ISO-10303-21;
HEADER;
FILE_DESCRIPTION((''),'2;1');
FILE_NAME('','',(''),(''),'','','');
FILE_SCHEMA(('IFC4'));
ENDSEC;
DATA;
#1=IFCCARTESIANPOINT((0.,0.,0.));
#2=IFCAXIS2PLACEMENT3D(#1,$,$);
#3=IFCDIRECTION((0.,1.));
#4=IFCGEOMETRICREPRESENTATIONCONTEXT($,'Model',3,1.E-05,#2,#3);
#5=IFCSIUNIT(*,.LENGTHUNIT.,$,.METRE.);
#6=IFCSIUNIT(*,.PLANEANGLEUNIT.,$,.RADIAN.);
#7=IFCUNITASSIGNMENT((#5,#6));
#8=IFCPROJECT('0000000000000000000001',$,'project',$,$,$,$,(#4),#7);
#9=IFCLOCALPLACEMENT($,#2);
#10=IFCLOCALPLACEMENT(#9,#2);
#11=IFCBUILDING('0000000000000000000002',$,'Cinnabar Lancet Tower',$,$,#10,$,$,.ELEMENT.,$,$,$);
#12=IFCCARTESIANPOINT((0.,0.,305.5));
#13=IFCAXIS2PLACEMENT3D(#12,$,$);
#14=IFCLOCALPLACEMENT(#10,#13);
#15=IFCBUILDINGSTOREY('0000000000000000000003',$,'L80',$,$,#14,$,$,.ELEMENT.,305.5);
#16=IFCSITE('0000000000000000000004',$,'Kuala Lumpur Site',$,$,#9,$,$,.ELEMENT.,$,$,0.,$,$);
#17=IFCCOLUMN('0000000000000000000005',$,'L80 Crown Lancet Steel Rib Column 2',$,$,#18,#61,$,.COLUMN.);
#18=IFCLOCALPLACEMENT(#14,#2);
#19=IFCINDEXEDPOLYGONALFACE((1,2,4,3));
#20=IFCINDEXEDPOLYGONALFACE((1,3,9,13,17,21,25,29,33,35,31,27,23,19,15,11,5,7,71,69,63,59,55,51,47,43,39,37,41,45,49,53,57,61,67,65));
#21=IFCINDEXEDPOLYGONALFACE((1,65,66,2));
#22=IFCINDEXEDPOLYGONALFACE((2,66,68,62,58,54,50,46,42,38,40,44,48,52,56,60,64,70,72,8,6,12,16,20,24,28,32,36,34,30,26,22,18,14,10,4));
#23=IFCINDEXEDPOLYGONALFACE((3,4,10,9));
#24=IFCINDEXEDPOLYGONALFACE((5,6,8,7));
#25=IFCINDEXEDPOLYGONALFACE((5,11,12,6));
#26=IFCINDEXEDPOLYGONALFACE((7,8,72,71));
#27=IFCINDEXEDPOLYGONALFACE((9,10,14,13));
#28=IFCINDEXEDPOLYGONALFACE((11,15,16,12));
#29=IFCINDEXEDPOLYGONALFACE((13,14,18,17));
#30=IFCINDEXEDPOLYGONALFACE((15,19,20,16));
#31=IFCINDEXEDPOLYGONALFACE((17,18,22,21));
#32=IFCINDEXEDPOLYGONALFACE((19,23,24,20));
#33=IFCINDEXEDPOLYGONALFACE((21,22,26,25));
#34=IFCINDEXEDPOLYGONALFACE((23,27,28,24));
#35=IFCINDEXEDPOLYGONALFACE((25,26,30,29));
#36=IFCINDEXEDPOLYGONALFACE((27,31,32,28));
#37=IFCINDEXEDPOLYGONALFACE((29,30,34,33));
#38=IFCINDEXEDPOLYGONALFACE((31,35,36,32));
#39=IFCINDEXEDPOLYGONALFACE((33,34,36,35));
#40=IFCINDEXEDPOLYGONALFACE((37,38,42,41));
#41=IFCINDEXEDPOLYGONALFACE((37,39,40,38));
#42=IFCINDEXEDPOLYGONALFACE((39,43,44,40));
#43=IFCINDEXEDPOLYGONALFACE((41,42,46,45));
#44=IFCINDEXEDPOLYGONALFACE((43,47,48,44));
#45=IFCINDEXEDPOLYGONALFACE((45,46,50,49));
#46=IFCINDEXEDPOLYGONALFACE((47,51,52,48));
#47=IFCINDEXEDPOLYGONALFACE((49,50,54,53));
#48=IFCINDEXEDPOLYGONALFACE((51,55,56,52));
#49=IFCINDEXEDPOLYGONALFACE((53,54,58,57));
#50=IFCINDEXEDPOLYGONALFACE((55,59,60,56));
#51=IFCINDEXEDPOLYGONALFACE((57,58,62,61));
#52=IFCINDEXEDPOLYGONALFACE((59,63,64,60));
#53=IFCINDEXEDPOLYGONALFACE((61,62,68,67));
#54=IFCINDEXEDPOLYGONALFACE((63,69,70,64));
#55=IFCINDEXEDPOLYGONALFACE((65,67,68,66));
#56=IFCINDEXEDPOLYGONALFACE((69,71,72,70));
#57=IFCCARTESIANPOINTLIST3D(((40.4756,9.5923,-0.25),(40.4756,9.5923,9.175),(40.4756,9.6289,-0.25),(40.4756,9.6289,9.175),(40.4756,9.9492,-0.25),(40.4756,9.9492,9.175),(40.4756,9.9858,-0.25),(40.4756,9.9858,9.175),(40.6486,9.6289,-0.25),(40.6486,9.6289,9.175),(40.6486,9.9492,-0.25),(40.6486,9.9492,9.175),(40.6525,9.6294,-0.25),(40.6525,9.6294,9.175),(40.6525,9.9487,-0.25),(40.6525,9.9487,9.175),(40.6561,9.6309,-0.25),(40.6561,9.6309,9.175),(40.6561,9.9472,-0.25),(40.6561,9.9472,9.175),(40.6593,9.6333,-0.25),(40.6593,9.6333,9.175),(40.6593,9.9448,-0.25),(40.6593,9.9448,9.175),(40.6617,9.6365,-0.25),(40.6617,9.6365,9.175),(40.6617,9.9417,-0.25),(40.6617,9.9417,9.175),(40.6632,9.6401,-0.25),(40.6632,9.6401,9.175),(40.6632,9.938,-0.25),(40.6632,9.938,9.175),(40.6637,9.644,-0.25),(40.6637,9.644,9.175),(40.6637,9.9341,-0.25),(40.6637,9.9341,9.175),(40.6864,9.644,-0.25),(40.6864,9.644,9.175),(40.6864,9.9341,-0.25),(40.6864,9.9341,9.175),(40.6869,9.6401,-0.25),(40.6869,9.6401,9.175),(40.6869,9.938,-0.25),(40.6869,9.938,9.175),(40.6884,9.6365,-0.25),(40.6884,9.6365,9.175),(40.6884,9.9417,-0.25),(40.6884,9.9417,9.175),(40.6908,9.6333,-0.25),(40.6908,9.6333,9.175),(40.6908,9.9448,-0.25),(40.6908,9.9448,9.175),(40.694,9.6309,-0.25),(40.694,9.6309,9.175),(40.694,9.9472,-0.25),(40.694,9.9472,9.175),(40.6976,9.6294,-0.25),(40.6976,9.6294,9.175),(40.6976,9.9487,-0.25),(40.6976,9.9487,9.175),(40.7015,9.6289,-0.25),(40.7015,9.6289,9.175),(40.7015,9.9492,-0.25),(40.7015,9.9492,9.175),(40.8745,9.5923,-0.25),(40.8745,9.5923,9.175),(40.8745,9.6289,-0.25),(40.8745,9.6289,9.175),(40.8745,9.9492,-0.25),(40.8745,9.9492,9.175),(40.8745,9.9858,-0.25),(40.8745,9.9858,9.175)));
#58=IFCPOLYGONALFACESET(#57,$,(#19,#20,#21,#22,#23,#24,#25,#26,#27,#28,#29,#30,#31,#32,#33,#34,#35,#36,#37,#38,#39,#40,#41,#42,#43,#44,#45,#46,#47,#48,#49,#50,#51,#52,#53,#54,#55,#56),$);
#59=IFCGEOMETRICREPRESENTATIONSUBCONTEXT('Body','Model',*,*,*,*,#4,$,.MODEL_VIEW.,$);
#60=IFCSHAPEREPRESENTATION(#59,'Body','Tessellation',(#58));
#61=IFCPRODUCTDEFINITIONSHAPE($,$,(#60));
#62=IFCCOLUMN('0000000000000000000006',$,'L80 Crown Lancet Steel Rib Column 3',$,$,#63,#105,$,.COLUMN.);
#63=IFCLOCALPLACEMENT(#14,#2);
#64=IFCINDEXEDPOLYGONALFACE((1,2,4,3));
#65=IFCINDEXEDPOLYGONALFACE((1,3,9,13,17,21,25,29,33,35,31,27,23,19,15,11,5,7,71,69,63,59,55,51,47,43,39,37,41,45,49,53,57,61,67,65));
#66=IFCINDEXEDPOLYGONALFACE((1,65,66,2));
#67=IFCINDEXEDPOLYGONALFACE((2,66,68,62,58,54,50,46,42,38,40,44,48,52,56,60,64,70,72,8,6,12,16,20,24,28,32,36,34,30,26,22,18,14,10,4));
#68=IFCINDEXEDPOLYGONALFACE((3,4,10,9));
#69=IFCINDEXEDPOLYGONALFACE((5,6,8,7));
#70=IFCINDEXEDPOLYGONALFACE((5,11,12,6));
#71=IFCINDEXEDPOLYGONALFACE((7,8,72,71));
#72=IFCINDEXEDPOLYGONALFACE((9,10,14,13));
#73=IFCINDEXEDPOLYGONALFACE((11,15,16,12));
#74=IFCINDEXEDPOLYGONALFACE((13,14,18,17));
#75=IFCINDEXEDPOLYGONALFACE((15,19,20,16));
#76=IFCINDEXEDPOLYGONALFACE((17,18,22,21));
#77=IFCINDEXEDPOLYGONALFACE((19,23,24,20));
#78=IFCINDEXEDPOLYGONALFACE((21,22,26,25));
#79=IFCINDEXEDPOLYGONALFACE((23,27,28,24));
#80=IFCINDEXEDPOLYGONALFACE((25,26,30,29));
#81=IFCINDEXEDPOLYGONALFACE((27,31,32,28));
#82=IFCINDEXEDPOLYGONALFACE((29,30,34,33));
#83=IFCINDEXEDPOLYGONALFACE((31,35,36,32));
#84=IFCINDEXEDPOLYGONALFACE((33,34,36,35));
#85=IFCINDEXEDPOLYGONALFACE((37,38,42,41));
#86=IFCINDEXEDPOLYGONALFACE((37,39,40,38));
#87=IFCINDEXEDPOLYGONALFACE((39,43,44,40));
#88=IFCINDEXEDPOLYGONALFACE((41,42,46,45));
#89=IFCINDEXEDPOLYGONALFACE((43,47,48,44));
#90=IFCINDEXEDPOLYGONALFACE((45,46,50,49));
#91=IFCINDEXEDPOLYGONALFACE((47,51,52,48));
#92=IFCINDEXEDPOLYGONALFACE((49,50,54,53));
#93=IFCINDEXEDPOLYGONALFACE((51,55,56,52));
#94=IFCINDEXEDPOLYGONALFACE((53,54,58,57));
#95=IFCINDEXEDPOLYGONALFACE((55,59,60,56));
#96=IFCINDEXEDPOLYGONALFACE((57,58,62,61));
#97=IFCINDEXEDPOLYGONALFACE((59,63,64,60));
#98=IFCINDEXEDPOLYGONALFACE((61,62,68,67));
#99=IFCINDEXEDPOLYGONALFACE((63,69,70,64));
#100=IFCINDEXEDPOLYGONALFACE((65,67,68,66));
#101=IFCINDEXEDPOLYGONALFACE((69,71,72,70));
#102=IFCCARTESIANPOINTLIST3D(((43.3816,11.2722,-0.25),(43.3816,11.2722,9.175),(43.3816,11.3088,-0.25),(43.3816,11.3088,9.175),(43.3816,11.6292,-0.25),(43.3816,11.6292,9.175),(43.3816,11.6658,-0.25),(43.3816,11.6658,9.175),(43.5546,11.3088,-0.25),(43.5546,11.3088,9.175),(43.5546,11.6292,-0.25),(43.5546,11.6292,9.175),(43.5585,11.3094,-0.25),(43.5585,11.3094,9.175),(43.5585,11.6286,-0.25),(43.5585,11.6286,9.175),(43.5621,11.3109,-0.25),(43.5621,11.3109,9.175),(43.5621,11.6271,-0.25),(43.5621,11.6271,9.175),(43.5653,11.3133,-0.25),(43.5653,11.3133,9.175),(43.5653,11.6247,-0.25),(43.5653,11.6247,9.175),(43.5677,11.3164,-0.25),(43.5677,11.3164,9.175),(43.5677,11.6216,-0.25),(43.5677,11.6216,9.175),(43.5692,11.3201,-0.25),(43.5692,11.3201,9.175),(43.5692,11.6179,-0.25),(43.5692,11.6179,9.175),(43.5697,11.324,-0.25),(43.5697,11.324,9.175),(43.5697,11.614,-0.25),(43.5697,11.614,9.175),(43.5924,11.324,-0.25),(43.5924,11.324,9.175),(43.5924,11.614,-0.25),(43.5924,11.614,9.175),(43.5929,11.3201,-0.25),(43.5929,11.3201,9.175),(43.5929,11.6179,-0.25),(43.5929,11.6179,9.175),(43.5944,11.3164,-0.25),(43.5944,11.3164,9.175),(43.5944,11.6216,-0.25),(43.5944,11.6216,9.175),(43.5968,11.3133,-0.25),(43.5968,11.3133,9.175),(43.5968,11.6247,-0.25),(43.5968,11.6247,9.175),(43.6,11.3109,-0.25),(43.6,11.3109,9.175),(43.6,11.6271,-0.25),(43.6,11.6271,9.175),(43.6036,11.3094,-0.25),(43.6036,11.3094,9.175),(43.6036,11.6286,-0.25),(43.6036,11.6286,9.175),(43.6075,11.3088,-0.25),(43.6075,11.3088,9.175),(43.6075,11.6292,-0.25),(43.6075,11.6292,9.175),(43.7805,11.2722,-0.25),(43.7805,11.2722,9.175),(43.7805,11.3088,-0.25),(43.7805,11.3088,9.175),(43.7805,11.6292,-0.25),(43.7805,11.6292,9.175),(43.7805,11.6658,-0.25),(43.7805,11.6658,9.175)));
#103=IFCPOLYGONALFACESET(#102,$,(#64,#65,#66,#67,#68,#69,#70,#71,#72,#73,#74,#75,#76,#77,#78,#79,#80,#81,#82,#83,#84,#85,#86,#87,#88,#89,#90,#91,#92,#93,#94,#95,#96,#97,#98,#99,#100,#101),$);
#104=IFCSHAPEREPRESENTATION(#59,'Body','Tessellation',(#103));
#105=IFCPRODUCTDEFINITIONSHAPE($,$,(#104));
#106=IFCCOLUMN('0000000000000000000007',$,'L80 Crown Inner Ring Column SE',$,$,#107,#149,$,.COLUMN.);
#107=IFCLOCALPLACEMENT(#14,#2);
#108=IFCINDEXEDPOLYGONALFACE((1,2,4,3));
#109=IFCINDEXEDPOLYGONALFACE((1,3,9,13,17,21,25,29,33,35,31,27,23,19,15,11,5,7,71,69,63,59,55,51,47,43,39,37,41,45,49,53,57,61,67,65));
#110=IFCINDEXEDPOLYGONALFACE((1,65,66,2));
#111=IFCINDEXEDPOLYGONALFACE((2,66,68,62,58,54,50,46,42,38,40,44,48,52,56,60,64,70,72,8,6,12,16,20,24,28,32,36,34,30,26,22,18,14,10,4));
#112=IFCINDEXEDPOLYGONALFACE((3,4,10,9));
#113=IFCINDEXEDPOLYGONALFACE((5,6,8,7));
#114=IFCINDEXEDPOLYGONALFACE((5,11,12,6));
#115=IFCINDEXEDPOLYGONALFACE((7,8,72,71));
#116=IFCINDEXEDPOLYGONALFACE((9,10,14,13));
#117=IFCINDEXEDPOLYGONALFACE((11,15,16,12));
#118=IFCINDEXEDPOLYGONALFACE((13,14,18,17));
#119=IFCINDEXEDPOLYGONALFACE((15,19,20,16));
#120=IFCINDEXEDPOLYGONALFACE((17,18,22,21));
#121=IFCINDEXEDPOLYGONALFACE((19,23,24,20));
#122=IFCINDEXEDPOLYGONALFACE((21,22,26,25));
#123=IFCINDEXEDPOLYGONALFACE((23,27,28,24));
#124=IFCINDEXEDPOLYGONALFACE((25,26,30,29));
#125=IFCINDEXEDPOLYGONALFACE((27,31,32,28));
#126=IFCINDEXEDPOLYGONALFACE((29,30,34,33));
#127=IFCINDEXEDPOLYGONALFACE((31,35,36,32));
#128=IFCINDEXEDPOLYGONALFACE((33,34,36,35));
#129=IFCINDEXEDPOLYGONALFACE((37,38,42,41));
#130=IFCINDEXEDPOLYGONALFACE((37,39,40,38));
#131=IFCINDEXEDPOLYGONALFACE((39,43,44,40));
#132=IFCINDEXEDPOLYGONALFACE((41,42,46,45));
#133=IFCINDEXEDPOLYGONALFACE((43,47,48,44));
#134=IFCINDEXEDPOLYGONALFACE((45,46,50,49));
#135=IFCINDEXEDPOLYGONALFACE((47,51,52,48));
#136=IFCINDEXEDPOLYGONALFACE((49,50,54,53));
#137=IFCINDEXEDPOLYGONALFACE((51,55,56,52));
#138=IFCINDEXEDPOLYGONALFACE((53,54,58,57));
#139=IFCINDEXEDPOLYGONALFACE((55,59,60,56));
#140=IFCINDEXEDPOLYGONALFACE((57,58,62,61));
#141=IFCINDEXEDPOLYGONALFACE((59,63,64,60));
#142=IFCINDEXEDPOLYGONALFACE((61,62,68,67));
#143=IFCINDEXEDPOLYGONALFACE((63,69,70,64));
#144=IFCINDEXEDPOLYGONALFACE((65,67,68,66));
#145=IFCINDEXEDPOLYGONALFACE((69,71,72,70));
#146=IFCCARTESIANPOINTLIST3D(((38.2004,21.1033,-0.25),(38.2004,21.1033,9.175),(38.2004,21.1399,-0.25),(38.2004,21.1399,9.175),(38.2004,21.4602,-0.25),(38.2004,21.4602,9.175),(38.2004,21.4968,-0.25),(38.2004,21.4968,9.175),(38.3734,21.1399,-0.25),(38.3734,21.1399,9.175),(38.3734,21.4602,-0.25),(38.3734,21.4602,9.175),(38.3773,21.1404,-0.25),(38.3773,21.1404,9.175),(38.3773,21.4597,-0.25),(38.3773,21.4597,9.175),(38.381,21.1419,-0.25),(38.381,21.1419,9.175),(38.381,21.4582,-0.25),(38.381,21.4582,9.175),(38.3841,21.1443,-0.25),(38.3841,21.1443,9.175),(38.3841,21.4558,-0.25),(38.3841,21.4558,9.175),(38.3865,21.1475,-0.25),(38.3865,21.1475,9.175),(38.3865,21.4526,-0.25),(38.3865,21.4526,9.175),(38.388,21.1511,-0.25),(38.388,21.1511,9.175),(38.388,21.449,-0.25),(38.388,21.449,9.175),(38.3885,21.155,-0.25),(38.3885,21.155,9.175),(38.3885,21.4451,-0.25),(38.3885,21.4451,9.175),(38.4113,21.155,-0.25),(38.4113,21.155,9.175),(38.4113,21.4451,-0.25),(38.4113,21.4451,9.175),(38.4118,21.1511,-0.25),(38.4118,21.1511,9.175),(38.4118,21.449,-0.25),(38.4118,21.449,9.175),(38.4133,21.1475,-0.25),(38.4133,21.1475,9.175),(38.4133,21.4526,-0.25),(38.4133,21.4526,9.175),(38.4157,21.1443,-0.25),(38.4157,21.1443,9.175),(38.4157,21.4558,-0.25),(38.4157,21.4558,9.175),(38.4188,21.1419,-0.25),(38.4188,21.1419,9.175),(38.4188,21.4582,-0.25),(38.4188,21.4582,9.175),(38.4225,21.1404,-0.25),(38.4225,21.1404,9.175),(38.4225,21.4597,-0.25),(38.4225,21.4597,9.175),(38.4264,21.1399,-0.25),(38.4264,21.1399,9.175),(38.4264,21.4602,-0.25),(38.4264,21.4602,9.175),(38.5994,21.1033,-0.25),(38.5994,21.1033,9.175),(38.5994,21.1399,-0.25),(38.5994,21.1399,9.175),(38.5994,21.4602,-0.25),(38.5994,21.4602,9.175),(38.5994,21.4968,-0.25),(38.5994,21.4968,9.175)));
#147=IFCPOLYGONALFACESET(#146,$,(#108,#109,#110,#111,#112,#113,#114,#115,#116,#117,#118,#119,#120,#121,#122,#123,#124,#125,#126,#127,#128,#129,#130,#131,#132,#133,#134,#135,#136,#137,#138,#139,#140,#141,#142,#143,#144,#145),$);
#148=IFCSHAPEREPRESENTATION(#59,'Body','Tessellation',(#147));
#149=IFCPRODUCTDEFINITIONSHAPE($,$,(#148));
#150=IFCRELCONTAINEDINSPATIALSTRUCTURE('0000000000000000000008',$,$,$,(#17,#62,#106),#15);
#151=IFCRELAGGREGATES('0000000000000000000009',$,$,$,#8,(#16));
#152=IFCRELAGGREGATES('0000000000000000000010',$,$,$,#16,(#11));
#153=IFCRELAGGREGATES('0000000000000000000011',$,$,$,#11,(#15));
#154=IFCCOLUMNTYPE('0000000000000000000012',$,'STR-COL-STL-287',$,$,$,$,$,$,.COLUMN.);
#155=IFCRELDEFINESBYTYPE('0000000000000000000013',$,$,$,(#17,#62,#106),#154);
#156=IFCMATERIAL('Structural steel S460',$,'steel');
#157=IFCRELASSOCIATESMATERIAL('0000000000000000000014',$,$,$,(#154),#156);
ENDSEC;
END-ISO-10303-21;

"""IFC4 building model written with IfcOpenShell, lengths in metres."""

from ifc_helpers import new_model, si_unit, direction, frame, origin, origin_2d, place, context, subcontext, project, spatial, i_section, extrude, material, material_profile, profile_set, type_object, element, save


model = new_model("IFC4")

# Units and contexts
model_context = context("Model", 3, precision=1e-05, world=origin(), true_north=direction((0.0, 1.0)))
body_context = subcontext(model_context, "Body", "Model", "MODEL_VIEW")
ifc_project = project(units=[si_unit("LENGTHUNIT", "METRE"), si_unit("PLANEANGLEUNIT", "RADIAN")], contexts=[model_context])

# Site, building, storey
site_placement = place(None, origin())
site = spatial("IfcSite", under=ifc_project, at=site_placement, Name="Kuala Lumpur Site", CompositionType="ELEMENT", RefElevation=0.0)
building_placement = place(site_placement, origin())
building = spatial("IfcBuilding", under=site, at=building_placement, Name="Cinnabar Lancet Tower", CompositionType="ELEMENT")
storey_placement = place(building_placement, frame((0.0, 0.0, 305.5)))
storey = spatial("IfcBuildingStorey", under=building, at=storey_placement, Name="L80", CompositionType="ELEMENT", Elevation=305.5)

# Columns
ifc_material_1 = material(Name="Structural steel S460", Category="steel")
ifc_material_profile_1 = material_profile(ifc_material_1, i_section(OverallWidth=0.3989, OverallDepth=0.3936, WebThickness=0.0227, FlangeThickness=0.0366, FilletRadius=0.0151, at=origin_2d()), Name="UKC 356x406x287")
ifc_profile_set_1 = profile_set([ifc_material_profile_1], Name="Structural steel S460")
column_type = type_object("IfcColumnType", Name="STR-COL-STL-287", PredefinedType="COLUMN", material=ifc_profile_set_1)
for number, where, z_axis, x_axis, name in (
    (1, (40.675, 9.7891, -0.25), (0.0, 0.0, 1.0), (1.0, 0.0, 0.0), "L80 Crown Lancet Steel Rib Column 2"),
    (2, (43.5811, 11.469, -0.25), (0.0, 0.0, 1.0), (1.0, 0.0, 0.0), "L80 Crown Lancet Steel Rib Column 3"),
    (3, (38.3999, 21.3, -0.25), (0.0, 0.0, 1.0), (1.0, 0.0, 0.0), "L80 Crown Inner Ring Column SE"),
):
    element("IfcColumn", number, at=place(storey_placement, frame(where, z_axis=z_axis, x_axis=x_axis)), inside=storey, type_object=column_type, Name=name, PredefinedType="COLUMN", context=body_context, shape_type="SweptSolid", body=[
        extrude(i_section(OverallWidth=0.3989, OverallDepth=0.3936, WebThickness=0.0227, FlangeThickness=0.0366, FilletRadius=0.0151, at=origin_2d()), origin(), (0.0, 0.0, 1.0), 9.425),
    ])

save(model, "model.ifc")
